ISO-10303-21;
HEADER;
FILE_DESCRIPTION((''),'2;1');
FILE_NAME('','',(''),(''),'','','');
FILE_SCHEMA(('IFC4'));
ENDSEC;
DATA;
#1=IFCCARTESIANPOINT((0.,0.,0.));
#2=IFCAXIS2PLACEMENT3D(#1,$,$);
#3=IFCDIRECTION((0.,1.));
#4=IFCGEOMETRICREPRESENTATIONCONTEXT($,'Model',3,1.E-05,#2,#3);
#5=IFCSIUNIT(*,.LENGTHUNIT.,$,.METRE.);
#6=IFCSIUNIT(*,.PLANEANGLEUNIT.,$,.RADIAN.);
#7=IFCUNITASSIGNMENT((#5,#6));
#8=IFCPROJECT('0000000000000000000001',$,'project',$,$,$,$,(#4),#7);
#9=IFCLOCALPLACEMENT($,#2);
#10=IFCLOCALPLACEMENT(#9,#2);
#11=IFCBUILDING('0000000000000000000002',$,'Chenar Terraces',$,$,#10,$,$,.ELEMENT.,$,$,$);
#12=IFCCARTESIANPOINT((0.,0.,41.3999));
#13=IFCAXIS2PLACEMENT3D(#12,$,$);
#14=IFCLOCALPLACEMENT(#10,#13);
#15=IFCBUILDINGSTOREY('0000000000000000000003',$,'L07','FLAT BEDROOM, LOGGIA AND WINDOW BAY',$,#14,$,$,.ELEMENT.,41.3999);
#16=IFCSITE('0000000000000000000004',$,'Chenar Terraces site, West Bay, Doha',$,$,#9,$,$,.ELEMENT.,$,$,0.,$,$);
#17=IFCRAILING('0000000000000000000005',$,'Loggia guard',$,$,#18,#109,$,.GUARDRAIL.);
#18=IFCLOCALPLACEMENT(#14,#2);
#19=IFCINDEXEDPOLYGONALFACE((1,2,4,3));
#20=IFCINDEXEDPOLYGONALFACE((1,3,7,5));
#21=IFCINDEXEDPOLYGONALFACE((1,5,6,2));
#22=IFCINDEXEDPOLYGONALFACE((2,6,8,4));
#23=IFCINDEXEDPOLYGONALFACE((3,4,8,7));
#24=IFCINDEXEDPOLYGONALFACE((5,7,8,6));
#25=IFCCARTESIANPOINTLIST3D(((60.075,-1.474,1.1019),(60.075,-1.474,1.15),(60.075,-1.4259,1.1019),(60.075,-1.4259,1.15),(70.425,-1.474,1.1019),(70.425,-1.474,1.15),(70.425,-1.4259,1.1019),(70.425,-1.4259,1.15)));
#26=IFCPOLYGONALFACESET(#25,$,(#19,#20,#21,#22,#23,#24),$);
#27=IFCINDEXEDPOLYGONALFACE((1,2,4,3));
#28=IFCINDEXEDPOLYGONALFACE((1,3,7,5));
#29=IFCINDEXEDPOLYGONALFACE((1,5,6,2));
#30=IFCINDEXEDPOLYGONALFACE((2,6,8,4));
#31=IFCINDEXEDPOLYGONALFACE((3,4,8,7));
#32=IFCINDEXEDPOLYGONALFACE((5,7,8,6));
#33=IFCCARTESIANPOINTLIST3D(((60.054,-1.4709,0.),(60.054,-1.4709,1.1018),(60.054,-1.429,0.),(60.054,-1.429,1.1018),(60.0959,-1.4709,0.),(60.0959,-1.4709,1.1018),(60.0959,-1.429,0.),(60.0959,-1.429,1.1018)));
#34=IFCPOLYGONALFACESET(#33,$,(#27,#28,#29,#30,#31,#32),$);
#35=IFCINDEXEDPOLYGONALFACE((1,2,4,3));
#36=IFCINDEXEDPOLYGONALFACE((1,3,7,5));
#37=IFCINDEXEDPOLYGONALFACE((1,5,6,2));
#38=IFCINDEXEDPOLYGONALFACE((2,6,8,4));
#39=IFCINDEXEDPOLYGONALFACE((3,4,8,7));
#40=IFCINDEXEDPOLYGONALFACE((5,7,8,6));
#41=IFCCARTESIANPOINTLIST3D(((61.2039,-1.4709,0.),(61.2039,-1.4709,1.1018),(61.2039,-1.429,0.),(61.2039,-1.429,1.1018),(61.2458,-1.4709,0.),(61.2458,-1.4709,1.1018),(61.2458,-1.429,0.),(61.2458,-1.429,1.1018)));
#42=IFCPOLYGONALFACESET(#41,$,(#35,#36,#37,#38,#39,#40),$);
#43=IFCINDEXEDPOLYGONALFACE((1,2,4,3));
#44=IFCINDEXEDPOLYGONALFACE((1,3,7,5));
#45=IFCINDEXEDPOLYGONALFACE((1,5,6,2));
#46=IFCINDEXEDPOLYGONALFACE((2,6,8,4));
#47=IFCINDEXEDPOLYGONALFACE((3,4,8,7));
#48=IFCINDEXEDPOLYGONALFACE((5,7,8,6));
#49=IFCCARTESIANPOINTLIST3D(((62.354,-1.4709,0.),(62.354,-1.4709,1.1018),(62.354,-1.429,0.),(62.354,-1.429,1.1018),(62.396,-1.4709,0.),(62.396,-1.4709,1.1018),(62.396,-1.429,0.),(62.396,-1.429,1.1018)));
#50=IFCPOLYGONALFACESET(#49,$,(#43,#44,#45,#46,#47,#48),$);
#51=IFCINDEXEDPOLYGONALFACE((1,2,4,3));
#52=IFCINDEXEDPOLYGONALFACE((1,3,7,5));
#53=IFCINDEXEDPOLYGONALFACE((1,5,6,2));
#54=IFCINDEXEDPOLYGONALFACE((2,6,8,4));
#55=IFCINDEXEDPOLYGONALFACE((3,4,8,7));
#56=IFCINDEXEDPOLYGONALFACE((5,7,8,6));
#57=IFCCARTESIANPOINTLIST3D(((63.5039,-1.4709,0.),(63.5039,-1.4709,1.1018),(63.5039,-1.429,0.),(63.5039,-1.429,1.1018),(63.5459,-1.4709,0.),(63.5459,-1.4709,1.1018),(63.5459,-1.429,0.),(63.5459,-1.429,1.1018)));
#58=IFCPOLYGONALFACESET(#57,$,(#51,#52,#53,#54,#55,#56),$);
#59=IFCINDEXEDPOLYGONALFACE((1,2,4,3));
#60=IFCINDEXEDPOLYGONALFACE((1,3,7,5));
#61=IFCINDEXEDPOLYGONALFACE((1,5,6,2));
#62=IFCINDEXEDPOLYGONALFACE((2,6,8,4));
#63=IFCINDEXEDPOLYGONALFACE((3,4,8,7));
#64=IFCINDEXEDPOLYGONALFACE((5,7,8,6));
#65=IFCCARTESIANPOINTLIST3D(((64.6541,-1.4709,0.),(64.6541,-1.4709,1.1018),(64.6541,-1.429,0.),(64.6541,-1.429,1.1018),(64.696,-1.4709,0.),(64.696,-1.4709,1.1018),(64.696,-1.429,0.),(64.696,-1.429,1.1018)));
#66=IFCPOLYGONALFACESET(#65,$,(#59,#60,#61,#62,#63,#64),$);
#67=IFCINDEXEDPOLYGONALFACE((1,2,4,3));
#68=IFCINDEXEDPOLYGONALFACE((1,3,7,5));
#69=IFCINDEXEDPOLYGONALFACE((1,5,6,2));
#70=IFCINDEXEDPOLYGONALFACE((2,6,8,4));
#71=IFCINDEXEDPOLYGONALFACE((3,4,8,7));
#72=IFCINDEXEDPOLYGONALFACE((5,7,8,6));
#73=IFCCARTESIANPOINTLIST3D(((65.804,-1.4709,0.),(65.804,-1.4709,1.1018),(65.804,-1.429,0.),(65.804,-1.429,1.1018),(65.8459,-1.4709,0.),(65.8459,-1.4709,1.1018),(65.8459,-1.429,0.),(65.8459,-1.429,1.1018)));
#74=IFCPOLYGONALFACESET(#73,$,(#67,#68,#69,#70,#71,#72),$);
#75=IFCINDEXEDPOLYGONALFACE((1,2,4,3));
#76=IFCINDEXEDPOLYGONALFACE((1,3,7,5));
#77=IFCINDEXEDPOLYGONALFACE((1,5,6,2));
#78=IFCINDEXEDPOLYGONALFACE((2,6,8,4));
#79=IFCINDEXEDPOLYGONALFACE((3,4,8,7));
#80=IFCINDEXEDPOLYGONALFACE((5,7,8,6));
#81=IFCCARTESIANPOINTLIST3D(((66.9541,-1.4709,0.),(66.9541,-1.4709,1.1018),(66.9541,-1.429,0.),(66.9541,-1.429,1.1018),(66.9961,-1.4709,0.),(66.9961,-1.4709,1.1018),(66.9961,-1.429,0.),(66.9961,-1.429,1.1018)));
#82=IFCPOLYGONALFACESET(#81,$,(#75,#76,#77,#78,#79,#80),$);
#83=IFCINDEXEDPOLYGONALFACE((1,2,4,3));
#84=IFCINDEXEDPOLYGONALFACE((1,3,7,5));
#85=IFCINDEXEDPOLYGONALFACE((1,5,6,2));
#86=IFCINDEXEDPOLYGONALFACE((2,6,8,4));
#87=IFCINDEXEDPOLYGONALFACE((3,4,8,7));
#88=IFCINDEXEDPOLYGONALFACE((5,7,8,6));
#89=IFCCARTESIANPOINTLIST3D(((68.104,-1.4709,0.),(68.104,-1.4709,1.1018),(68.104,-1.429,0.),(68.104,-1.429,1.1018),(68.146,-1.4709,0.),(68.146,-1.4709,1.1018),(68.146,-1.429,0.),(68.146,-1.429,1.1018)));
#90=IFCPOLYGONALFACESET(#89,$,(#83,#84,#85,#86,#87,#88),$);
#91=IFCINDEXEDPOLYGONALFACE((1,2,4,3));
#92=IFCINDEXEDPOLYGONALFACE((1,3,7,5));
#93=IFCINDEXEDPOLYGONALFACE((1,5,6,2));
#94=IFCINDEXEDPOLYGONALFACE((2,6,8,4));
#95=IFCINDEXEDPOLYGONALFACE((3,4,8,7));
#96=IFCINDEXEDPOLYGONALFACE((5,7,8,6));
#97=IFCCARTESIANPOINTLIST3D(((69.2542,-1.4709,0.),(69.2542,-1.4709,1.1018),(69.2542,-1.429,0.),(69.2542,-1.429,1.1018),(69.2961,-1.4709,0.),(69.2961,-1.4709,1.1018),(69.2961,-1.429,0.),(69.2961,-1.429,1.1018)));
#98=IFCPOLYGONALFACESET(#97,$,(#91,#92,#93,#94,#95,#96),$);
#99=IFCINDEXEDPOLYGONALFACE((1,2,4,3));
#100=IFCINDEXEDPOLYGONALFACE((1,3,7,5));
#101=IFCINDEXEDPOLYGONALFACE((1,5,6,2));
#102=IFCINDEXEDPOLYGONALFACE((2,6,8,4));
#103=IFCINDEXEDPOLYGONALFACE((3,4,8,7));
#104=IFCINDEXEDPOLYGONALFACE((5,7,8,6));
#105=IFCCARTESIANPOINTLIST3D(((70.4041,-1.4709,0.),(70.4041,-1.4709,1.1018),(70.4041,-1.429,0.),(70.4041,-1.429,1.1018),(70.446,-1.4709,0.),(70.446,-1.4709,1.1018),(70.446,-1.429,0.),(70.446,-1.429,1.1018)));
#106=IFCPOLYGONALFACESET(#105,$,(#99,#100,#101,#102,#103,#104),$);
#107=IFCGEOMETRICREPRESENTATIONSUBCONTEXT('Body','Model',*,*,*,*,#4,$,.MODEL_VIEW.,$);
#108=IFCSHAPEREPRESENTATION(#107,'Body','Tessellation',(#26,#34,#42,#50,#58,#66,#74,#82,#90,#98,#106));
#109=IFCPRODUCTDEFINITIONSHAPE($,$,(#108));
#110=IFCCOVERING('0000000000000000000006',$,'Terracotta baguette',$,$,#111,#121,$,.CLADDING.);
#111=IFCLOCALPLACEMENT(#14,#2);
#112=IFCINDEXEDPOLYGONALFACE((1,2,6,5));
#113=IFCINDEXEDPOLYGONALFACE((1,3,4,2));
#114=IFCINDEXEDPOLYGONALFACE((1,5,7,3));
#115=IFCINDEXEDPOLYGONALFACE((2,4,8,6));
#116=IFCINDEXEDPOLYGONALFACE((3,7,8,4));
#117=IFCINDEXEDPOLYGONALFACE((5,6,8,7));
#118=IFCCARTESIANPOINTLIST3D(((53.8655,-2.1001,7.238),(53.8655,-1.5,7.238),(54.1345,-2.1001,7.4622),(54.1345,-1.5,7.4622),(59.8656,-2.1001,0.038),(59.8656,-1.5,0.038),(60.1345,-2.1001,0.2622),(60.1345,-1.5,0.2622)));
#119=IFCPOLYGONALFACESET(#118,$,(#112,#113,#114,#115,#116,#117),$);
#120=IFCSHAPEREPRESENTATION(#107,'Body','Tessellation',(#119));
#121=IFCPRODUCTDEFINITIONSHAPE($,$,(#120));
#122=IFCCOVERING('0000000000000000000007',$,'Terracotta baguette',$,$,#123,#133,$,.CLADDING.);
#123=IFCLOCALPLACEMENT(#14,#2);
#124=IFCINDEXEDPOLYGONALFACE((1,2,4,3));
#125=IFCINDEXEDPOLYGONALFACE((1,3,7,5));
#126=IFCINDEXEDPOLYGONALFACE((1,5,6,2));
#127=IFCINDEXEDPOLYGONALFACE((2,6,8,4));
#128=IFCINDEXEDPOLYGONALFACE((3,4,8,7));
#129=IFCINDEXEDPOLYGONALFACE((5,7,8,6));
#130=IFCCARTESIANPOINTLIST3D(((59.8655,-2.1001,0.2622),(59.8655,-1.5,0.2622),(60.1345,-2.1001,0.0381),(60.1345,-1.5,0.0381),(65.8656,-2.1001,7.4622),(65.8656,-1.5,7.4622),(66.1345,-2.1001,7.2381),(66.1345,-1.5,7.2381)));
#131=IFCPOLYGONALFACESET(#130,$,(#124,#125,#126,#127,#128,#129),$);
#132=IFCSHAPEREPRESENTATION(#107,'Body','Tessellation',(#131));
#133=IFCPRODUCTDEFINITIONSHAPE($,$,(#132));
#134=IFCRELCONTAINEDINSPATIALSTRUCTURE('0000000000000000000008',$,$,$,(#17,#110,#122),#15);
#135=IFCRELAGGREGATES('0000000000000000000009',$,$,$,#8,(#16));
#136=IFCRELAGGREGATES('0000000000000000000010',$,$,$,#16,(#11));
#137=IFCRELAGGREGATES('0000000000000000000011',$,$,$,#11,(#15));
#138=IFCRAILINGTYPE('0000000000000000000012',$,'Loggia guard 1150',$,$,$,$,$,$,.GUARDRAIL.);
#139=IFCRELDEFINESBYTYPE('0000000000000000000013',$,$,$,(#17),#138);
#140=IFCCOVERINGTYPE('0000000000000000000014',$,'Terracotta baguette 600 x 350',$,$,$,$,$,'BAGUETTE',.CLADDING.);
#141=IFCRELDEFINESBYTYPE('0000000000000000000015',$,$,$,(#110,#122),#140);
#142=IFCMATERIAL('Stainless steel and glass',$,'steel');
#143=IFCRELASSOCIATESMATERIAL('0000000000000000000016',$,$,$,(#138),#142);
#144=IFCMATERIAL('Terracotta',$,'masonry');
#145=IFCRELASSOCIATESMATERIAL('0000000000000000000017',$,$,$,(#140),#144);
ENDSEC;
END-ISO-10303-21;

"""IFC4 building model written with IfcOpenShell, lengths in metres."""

from ifc_helpers import new_model, si_unit, direction, frame, origin, origin_2d, place, context, subcontext, project, spatial, rectangle, extrude, material, material_profile, profile_set, type_object, element, save


model = new_model("IFC4")

# Units and contexts
model_context = context("Model", 3, precision=1e-05, world=origin(), true_north=direction((0.0, 1.0)))
body_context = subcontext(model_context, "Body", "Model", "MODEL_VIEW")
ifc_project = project(units=[si_unit("LENGTHUNIT", "METRE"), si_unit("PLANEANGLEUNIT", "RADIAN")], contexts=[model_context])

# Site, building, storey
site_placement = place(None, origin())
site = spatial("IfcSite", under=ifc_project, at=site_placement, Name="Chenar Terraces site, West Bay, Doha", CompositionType="ELEMENT", RefElevation=0.0)
building_placement = place(site_placement, origin())
building = spatial("IfcBuilding", under=site, at=building_placement, Name="Chenar Terraces", CompositionType="ELEMENT")
storey_placement = place(building_placement, frame((0.0, 0.0, 41.3999)))
storey = spatial("IfcBuildingStorey", under=building, at=storey_placement, Name="L07", Description="FLAT BEDROOM, LOGGIA AND WINDOW BAY", CompositionType="ELEMENT", Elevation=41.3999)

# Railing
ifc_material_1 = material(Name="Stainless steel and glass", Category="steel")
railing_type = type_object("IfcRailingType", Name="Loggia guard 1150", PredefinedType="GUARDRAIL", material=ifc_material_1)
railing_placement = place(storey_placement, frame((60.075, -1.45, 0.0)))
element("IfcRailing", 1, at=railing_placement, inside=storey, type_object=railing_type, Name="Loggia guard", PredefinedType="GUARDRAIL", context=body_context, shape_type="SweptSolid", body=[
    extrude(rectangle(XDim=0.0481, YDim=0.0481, at=origin_2d()), frame((0.0, 0.0, 1.126), z_axis=(1.0, 0.0, 0.0), x_axis=(0.0, 1.0, 0.0)), (0.0, 0.0, 1.0), 10.3501),
    extrude(rectangle(XDim=0.042, YDim=0.042, at=origin_2d()), origin(), (0.0, 0.0, 1.0), 1.1018),
    extrude(rectangle(XDim=0.042, YDim=0.042, at=origin_2d()), frame((1.1499, 0.0, 0.0)), (0.0, 0.0, 1.0), 1.1018),
    extrude(rectangle(XDim=0.042, YDim=0.042, at=origin_2d()), frame((2.3, 0.0, 0.0)), (0.0, 0.0, 1.0), 1.1018),
    extrude(rectangle(XDim=0.042, YDim=0.042, at=origin_2d()), frame((3.45, 0.0, 0.0)), (0.0, 0.0, 1.0), 1.1018),
    extrude(rectangle(XDim=0.042, YDim=0.042, at=origin_2d()), frame((4.6001, 0.0, 0.0)), (0.0, 0.0, 1.0), 1.1018),
    extrude(rectangle(XDim=0.042, YDim=0.042, at=origin_2d()), frame((5.75, 0.0, 0.0)), (0.0, 0.0, 1.0), 1.1018),
    extrude(rectangle(XDim=0.042, YDim=0.042, at=origin_2d()), frame((6.9001, 0.0, 0.0)), (0.0, 0.0, 1.0), 1.1018),
    extrude(rectangle(XDim=0.042, YDim=0.042, at=origin_2d()), frame((8.05, 0.0, 0.0)), (0.0, 0.0, 1.0), 1.1018),
    extrude(rectangle(XDim=0.042, YDim=0.042, at=origin_2d()), frame((9.2002, 0.0, 0.0)), (0.0, 0.0, 1.0), 1.1018),
    extrude(rectangle(XDim=0.042, YDim=0.042, at=origin_2d()), frame((10.3501, 0.0, 0.0)), (0.0, 0.0, 1.0), 1.1018),
])

# Coverings
ifc_material_2 = material(Name="Terracotta", Category="masonry")
ifc_material_profile_1 = material_profile(ifc_material_2, rectangle(XDim=0.6001, YDim=0.3501, at=origin_2d()), Name="Terracotta baguette 600 x 350")
ifc_profile_set_1 = profile_set([ifc_material_profile_1], Name="Terracotta")
covering_type = type_object("IfcCoveringType", Name="Terracotta baguette 600 x 350", ElementType="BAGUETTE", PredefinedType="CLADDING", material=ifc_profile_set_1)
for number, where, z_axis, x_axis, name in (
    (2, (54.0, -1.8, 7.3501), (0.640187, 0.0, -0.768219), (0.0, 1.0, 0.0), "Terracotta baguette"),
    (3, (60.0, -1.8, 0.1501), (0.640187, 0.0, 0.768219), (0.0, 1.0, 0.0), "Terracotta baguette"),
):
    element("IfcCovering", number, at=place(storey_placement, frame(where, z_axis=z_axis, x_axis=x_axis)), inside=storey, type_object=covering_type, Name=name, PredefinedType="CLADDING", context=body_context, shape_type="SweptSolid", body=[
        extrude(rectangle(XDim=0.6001, YDim=0.3501, at=origin_2d()), origin(), (0.0, 0.0, 1.0), 9.3723),
    ])

save(model, "model.ifc")
